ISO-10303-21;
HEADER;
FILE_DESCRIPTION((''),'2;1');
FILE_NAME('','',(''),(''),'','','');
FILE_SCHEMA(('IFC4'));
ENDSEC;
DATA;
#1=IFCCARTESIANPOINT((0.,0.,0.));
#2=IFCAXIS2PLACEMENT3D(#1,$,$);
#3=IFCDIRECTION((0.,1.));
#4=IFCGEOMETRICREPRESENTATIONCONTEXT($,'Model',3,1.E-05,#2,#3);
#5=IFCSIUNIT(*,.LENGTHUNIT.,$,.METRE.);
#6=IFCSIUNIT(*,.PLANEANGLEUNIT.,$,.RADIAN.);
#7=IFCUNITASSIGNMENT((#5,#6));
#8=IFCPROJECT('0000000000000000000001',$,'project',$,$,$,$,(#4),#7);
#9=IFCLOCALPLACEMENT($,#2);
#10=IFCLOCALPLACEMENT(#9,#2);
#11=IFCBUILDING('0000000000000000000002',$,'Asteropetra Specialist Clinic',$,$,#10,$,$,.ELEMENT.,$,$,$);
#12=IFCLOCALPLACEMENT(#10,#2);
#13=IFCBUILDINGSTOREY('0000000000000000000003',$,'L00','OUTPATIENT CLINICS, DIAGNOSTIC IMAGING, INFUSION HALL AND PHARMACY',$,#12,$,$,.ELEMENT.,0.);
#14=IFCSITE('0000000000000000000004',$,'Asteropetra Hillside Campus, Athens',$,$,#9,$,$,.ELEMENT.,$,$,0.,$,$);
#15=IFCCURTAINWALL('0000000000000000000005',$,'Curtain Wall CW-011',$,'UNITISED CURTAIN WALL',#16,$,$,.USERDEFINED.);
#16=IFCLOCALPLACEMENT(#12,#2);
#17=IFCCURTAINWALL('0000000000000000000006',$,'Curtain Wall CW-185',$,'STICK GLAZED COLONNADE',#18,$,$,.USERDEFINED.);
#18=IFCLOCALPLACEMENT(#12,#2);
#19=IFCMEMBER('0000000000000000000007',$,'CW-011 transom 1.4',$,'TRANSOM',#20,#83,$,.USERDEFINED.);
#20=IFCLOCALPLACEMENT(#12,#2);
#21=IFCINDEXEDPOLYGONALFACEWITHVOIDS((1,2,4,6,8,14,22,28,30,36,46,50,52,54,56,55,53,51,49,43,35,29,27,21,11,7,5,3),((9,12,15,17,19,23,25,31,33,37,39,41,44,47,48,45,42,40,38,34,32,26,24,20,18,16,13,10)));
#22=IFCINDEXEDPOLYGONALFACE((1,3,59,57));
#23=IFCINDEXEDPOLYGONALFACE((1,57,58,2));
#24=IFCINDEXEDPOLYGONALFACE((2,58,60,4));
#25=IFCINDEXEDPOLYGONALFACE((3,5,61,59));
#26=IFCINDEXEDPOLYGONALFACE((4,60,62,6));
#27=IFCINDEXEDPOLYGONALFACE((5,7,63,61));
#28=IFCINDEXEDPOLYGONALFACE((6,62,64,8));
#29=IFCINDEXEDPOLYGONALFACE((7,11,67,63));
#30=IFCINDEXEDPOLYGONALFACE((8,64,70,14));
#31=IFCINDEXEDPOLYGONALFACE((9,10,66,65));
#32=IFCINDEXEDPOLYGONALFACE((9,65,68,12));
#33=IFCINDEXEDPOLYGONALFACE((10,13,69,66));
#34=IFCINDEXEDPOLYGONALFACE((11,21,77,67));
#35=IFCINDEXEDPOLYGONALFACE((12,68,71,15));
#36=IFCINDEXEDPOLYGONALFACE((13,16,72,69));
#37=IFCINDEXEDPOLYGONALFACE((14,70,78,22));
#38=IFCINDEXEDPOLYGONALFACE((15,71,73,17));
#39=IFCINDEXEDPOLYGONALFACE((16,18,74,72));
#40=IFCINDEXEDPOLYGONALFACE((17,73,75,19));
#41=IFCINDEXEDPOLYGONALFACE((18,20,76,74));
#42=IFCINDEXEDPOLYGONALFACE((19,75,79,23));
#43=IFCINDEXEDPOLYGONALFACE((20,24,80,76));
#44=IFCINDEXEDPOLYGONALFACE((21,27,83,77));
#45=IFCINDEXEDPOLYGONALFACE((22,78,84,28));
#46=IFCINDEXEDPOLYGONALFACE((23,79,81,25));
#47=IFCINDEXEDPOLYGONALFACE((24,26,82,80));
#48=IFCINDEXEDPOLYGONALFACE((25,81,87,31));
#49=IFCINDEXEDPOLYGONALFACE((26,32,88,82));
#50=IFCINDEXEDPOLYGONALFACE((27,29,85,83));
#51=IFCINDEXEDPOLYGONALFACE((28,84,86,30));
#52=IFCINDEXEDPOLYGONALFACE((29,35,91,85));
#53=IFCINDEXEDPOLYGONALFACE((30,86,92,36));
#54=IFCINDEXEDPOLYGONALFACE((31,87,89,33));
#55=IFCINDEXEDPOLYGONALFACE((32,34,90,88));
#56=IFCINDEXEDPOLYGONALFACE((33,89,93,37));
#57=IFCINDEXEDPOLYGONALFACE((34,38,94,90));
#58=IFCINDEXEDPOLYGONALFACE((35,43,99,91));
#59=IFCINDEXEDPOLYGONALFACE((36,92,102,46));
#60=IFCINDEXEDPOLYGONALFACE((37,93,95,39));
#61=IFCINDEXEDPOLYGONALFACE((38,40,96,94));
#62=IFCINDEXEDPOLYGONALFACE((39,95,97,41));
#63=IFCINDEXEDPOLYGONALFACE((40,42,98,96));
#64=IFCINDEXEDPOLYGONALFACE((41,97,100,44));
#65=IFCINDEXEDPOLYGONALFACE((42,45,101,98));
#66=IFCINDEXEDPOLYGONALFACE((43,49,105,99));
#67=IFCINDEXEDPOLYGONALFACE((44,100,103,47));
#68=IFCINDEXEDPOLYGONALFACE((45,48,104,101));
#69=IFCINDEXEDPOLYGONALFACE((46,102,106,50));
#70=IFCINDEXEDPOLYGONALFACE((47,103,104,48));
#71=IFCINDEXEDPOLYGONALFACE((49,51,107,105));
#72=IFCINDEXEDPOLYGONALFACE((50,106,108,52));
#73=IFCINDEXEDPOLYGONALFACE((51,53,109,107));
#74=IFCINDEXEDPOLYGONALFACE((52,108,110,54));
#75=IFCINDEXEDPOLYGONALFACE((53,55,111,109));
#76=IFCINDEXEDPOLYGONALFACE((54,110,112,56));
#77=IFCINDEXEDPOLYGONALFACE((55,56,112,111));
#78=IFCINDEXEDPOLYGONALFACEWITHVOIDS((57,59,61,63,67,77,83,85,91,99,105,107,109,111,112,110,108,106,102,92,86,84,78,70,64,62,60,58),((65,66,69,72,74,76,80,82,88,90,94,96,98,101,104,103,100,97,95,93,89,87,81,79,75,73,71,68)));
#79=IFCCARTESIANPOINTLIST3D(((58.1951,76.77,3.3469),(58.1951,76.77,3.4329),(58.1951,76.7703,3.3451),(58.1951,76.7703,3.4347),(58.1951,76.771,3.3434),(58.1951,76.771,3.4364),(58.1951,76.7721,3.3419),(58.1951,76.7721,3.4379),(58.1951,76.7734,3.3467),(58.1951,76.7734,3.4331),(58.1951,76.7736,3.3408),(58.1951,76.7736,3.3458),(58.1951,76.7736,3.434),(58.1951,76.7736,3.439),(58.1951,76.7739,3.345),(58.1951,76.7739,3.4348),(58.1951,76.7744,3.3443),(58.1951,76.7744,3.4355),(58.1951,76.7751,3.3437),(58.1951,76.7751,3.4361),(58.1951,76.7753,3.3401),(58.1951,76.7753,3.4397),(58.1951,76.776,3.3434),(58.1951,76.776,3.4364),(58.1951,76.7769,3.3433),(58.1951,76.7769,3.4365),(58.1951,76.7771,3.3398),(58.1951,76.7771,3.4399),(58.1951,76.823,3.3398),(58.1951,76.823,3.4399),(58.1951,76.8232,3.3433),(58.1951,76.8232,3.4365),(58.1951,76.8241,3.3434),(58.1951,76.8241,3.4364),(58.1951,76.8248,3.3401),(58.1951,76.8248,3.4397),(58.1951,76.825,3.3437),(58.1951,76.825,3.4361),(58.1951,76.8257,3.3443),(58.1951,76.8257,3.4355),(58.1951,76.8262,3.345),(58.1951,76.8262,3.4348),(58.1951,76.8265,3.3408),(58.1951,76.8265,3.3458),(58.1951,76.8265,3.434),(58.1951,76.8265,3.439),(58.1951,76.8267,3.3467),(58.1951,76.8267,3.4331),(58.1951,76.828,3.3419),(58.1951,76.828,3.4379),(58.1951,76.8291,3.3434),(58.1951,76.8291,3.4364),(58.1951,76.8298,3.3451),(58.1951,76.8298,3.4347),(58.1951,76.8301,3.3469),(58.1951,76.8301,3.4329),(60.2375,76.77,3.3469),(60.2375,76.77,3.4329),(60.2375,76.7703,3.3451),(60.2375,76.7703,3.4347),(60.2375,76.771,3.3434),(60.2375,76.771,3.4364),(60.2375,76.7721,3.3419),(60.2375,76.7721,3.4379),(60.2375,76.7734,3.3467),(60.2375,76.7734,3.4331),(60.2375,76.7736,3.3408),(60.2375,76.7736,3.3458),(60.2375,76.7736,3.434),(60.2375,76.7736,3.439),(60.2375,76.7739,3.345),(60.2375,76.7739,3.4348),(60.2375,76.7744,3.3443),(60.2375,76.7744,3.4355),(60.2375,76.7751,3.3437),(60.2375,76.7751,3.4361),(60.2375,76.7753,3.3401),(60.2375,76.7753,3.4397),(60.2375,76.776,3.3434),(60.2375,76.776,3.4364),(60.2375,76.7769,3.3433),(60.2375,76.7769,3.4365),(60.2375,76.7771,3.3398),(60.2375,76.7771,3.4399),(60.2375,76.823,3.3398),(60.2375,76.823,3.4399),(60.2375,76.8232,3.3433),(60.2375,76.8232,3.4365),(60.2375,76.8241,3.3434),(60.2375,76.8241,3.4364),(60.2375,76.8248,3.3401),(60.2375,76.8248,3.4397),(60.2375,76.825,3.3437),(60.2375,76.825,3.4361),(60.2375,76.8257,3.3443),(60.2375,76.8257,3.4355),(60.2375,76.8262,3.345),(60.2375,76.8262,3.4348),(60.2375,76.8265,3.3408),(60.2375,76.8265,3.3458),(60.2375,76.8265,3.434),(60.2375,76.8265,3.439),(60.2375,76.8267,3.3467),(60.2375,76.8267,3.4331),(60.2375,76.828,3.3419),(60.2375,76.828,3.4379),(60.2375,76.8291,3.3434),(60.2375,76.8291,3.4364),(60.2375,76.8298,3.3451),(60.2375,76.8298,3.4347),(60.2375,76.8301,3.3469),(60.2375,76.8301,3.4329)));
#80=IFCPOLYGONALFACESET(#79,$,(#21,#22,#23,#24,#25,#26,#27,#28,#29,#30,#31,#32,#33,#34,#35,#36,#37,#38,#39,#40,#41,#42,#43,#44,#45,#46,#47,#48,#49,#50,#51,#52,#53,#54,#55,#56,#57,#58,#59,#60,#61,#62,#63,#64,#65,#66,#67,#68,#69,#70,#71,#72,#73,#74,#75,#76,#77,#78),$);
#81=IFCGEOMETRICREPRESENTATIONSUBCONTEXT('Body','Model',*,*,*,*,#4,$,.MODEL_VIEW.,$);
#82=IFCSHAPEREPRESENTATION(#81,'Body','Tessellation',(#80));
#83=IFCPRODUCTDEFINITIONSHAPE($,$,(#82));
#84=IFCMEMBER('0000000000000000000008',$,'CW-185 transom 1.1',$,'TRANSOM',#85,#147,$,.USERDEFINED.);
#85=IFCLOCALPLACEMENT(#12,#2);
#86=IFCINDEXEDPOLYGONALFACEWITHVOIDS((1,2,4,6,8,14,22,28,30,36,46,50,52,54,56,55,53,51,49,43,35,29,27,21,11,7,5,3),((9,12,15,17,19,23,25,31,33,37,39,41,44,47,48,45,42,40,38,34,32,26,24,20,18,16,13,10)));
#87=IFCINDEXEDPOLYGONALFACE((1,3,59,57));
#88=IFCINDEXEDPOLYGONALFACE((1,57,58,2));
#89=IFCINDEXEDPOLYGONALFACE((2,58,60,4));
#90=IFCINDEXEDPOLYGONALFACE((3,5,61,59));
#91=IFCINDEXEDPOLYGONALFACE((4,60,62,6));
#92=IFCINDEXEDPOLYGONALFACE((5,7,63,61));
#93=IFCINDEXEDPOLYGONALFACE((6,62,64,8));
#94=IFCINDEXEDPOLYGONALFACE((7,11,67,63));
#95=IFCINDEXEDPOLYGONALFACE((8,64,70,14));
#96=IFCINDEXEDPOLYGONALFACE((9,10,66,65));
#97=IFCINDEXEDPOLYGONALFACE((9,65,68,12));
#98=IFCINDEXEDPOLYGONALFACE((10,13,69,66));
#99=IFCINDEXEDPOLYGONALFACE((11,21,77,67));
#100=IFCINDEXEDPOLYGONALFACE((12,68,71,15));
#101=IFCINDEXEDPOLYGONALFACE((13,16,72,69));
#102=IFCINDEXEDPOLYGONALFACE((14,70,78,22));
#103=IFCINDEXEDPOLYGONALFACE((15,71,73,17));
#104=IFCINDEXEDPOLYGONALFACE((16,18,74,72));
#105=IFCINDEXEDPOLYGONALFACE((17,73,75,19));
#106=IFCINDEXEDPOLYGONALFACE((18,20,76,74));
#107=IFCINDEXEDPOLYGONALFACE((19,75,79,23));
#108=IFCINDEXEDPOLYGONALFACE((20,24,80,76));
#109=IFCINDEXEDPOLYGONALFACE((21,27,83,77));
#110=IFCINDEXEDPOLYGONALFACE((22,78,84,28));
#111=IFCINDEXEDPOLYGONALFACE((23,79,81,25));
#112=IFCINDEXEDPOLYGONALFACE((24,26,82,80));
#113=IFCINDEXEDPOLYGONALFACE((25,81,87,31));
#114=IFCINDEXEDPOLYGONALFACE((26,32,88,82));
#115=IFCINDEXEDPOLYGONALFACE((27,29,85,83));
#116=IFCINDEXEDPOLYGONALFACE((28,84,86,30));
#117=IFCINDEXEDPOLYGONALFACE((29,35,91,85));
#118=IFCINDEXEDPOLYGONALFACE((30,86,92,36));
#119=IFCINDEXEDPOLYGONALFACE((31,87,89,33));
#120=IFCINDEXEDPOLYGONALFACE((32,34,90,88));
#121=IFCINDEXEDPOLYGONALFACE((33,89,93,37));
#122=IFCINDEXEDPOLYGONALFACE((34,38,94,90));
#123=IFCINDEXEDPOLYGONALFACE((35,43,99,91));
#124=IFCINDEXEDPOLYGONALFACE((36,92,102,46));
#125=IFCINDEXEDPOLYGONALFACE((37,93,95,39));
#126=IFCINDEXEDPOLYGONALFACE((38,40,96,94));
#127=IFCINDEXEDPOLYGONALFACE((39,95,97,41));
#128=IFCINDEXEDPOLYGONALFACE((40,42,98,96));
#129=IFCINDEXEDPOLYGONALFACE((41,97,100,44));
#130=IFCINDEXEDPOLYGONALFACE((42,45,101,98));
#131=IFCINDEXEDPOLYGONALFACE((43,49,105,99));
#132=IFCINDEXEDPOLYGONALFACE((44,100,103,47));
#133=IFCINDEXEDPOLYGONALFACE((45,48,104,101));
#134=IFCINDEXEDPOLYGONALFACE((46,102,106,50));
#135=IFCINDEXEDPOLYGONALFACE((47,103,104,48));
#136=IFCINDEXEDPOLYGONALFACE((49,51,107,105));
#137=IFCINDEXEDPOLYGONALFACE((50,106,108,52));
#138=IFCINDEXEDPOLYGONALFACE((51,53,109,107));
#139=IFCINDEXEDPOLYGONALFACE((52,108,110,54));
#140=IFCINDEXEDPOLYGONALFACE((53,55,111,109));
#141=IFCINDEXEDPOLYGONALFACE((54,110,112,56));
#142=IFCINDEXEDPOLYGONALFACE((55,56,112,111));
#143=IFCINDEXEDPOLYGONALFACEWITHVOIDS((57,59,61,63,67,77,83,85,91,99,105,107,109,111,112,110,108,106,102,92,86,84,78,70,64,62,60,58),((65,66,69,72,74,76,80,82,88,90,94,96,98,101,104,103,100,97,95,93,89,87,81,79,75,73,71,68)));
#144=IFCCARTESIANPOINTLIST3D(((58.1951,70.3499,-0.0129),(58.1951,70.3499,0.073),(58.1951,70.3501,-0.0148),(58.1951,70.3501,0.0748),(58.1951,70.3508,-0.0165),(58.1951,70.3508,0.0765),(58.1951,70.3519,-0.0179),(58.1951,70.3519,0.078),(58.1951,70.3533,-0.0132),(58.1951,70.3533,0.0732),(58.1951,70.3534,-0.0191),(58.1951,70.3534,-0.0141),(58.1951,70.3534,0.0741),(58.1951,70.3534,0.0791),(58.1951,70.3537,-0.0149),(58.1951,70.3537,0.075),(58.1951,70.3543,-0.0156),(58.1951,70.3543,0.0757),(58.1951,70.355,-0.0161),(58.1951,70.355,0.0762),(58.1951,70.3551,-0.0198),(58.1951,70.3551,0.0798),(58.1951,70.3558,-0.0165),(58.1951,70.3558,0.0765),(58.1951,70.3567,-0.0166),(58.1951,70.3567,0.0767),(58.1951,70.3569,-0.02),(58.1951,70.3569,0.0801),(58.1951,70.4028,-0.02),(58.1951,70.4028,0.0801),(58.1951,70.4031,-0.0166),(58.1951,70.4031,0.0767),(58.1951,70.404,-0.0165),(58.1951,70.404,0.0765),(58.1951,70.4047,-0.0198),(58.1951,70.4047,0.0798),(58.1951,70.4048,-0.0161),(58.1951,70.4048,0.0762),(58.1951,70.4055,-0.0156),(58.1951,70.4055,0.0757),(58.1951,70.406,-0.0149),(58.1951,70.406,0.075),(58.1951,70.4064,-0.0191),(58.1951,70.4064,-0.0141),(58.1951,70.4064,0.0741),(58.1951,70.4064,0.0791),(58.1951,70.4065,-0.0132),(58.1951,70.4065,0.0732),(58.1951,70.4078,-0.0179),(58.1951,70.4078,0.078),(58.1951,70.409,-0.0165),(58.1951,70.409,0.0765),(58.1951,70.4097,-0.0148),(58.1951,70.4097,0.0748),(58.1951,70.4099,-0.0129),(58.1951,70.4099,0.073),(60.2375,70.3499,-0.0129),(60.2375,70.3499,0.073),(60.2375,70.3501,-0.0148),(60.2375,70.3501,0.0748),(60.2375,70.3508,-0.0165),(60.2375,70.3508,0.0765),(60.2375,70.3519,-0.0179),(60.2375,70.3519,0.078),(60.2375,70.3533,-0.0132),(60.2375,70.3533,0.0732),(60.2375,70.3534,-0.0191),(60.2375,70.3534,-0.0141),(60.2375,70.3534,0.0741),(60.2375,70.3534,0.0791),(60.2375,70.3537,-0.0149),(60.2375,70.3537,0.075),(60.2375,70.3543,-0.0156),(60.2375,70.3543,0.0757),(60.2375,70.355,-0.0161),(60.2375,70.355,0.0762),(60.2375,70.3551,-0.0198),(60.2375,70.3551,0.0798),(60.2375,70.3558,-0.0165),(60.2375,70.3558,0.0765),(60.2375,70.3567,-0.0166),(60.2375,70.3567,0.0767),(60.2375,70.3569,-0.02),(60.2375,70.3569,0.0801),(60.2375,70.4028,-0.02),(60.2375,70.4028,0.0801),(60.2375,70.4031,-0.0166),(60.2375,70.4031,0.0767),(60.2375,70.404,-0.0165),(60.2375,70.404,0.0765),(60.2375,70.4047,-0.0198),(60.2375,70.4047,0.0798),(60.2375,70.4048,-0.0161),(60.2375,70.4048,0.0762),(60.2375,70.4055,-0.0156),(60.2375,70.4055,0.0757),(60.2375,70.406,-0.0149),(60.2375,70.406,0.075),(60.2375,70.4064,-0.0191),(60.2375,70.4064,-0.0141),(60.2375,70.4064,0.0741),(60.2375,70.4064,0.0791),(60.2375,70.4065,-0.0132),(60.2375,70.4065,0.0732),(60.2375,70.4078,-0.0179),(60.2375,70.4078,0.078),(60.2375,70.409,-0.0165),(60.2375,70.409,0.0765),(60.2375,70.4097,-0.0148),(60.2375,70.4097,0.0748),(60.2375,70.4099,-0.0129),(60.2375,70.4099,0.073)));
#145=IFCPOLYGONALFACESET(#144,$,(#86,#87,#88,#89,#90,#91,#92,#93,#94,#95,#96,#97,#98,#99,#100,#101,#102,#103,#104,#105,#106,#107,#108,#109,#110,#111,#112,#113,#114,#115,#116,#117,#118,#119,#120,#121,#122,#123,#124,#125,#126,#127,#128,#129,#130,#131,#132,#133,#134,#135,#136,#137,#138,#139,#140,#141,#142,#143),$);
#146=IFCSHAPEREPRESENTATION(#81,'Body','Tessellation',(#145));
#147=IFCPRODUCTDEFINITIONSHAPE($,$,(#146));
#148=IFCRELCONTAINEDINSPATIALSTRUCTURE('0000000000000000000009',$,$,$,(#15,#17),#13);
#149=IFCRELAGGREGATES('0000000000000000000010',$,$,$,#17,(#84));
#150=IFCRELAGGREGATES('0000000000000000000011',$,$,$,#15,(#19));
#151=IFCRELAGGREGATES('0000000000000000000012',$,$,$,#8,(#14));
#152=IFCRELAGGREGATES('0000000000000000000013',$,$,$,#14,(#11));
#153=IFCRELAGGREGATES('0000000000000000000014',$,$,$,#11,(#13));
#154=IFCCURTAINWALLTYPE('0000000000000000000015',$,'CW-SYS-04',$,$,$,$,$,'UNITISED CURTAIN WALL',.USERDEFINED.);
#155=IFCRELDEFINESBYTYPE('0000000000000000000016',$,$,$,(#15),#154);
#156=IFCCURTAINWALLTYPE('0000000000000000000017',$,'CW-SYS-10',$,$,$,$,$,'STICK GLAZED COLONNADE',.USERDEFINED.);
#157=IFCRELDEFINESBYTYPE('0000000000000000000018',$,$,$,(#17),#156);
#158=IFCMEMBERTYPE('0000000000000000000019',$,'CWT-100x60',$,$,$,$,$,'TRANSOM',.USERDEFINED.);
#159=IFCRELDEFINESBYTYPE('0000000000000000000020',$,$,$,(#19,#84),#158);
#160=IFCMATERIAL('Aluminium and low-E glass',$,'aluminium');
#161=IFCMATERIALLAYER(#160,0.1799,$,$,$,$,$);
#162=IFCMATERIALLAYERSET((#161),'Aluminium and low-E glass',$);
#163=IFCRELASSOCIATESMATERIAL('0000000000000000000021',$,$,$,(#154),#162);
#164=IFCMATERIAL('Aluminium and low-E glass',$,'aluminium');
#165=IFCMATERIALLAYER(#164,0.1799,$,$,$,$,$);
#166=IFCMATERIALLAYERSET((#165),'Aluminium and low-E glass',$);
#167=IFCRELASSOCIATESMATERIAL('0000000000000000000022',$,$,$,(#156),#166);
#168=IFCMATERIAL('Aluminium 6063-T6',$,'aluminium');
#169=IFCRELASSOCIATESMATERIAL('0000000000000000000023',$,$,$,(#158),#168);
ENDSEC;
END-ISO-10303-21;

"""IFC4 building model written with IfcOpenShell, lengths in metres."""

from ifc_helpers import new_model, si_unit, direction, frame, origin, origin_2d, place, context, subcontext, project, spatial, hollow_rectangle, extrude, material, layer, layer_set, material_profile, profile_set, type_object, element, aggregate, save


model = new_model("IFC4")

# Units and contexts
model_context = context("Model", 3, precision=1e-05, world=origin(), true_north=direction((0.0, 1.0)))
body_context = subcontext(model_context, "Body", "Model", "MODEL_VIEW")
ifc_project = project(units=[si_unit("LENGTHUNIT", "METRE"), si_unit("PLANEANGLEUNIT", "RADIAN")], contexts=[model_context])

# Site, building, storey
site_placement = place(None, origin())
site = spatial("IfcSite", under=ifc_project, at=site_placement, Name="Asteropetra Hillside Campus, Athens", CompositionType="ELEMENT", RefElevation=0.0)
building_placement = place(site_placement, origin())
building = spatial("IfcBuilding", under=site, at=building_placement, Name="Asteropetra Specialist Clinic", CompositionType="ELEMENT")
storey_placement = place(building_placement, origin())
storey = spatial("IfcBuildingStorey", under=building, at=storey_placement, Name="L00", Description="OUTPATIENT CLINICS, DIAGNOSTIC IMAGING, INFUSION HALL AND PHARMACY", CompositionType="ELEMENT", Elevation=0.0)

# Curtain walls
ifc_material_1 = material(Name="Aluminium and low-E glass", Category="aluminium")
ifc_layer_1 = layer(ifc_material_1, 0.1799)
ifc_layer_set_1 = layer_set([ifc_layer_1], Name="Aluminium and low-E glass")
curtain_wall_type_1 = type_object("IfcCurtainWallType", Name="CW-SYS-04", ElementType="UNITISED CURTAIN WALL", PredefinedType="USERDEFINED", material=ifc_layer_set_1)
curtain_wall_1_placement = place(storey_placement, origin())
curtain_wall_1 = element("IfcCurtainWall", 1, at=curtain_wall_1_placement, inside=storey, type_object=curtain_wall_type_1, Name="Curtain Wall CW-011", ObjectType="UNITISED CURTAIN WALL", PredefinedType="USERDEFINED")
ifc_material_2 = material(Name="Aluminium and low-E glass", Category="aluminium")
ifc_layer_2 = layer(ifc_material_2, 0.1799)
ifc_layer_set_2 = layer_set([ifc_layer_2], Name="Aluminium and low-E glass")
curtain_wall_type_2 = type_object("IfcCurtainWallType", Name="CW-SYS-10", ElementType="STICK GLAZED COLONNADE", PredefinedType="USERDEFINED", material=ifc_layer_set_2)
curtain_wall_2_placement = place(storey_placement, origin())
curtain_wall_2 = element("IfcCurtainWall", 2, at=curtain_wall_2_placement, inside=storey, type_object=curtain_wall_type_2, Name="Curtain Wall CW-185", ObjectType="STICK GLAZED COLONNADE", PredefinedType="USERDEFINED")

# Members
ifc_material_3 = material(Name="Aluminium 6063-T6", Category="aluminium")
ifc_material_profile_1 = material_profile(ifc_material_3, hollow_rectangle(XDim=0.0601, YDim=0.1001, WallThickness=0.0034, InnerFilletRadius=0.0034, OuterFilletRadius=0.0071, at=origin_2d()), Name="TRN 100x60x3.5")
ifc_profile_set_1 = profile_set([ifc_material_profile_1], Name="Aluminium 6063-T6")
member_type_1 = type_object("IfcMemberType", Name="CWT-100x60", ElementType="TRANSOM", PredefinedType="USERDEFINED", material=ifc_profile_set_1)
member_1_placement = place(storey_placement, frame((58.1951, 76.8, 3.3899), z_axis=(1.0, 0.0, 0.0), x_axis=(0.0, 1.0, 0.0)))
member_1 = element("IfcMember", 3, at=member_1_placement, type_object=member_type_1, Name="CW-011 transom 1.4", ObjectType="TRANSOM", PredefinedType="USERDEFINED", context=body_context, shape_type="SweptSolid", body=[
    extrude(hollow_rectangle(XDim=0.0601, YDim=0.1001, WallThickness=0.0034, InnerFilletRadius=0.0034, OuterFilletRadius=0.0071, at=origin_2d()), origin(), (0.0, 0.0, 1.0), 2.0425),
])
member_2_placement = place(storey_placement, frame((58.1951, 70.3799, 0.03), z_axis=(1.0, 0.0, 0.0), x_axis=(0.0, 1.0, 0.0)))
member_2 = element("IfcMember", 4, at=member_2_placement, type_object=member_type_1, Name="CW-185 transom 1.1", ObjectType="TRANSOM", PredefinedType="USERDEFINED", context=body_context, shape_type="SweptSolid", body=[
    extrude(hollow_rectangle(XDim=0.0601, YDim=0.1001, WallThickness=0.0034, InnerFilletRadius=0.0034, OuterFilletRadius=0.0071, at=origin_2d()), origin(), (0.0, 0.0, 1.0), 2.0425),
])

aggregate(curtain_wall_2, [member_2])
aggregate(curtain_wall_1, [member_1])

save(model, "model.ifc")
